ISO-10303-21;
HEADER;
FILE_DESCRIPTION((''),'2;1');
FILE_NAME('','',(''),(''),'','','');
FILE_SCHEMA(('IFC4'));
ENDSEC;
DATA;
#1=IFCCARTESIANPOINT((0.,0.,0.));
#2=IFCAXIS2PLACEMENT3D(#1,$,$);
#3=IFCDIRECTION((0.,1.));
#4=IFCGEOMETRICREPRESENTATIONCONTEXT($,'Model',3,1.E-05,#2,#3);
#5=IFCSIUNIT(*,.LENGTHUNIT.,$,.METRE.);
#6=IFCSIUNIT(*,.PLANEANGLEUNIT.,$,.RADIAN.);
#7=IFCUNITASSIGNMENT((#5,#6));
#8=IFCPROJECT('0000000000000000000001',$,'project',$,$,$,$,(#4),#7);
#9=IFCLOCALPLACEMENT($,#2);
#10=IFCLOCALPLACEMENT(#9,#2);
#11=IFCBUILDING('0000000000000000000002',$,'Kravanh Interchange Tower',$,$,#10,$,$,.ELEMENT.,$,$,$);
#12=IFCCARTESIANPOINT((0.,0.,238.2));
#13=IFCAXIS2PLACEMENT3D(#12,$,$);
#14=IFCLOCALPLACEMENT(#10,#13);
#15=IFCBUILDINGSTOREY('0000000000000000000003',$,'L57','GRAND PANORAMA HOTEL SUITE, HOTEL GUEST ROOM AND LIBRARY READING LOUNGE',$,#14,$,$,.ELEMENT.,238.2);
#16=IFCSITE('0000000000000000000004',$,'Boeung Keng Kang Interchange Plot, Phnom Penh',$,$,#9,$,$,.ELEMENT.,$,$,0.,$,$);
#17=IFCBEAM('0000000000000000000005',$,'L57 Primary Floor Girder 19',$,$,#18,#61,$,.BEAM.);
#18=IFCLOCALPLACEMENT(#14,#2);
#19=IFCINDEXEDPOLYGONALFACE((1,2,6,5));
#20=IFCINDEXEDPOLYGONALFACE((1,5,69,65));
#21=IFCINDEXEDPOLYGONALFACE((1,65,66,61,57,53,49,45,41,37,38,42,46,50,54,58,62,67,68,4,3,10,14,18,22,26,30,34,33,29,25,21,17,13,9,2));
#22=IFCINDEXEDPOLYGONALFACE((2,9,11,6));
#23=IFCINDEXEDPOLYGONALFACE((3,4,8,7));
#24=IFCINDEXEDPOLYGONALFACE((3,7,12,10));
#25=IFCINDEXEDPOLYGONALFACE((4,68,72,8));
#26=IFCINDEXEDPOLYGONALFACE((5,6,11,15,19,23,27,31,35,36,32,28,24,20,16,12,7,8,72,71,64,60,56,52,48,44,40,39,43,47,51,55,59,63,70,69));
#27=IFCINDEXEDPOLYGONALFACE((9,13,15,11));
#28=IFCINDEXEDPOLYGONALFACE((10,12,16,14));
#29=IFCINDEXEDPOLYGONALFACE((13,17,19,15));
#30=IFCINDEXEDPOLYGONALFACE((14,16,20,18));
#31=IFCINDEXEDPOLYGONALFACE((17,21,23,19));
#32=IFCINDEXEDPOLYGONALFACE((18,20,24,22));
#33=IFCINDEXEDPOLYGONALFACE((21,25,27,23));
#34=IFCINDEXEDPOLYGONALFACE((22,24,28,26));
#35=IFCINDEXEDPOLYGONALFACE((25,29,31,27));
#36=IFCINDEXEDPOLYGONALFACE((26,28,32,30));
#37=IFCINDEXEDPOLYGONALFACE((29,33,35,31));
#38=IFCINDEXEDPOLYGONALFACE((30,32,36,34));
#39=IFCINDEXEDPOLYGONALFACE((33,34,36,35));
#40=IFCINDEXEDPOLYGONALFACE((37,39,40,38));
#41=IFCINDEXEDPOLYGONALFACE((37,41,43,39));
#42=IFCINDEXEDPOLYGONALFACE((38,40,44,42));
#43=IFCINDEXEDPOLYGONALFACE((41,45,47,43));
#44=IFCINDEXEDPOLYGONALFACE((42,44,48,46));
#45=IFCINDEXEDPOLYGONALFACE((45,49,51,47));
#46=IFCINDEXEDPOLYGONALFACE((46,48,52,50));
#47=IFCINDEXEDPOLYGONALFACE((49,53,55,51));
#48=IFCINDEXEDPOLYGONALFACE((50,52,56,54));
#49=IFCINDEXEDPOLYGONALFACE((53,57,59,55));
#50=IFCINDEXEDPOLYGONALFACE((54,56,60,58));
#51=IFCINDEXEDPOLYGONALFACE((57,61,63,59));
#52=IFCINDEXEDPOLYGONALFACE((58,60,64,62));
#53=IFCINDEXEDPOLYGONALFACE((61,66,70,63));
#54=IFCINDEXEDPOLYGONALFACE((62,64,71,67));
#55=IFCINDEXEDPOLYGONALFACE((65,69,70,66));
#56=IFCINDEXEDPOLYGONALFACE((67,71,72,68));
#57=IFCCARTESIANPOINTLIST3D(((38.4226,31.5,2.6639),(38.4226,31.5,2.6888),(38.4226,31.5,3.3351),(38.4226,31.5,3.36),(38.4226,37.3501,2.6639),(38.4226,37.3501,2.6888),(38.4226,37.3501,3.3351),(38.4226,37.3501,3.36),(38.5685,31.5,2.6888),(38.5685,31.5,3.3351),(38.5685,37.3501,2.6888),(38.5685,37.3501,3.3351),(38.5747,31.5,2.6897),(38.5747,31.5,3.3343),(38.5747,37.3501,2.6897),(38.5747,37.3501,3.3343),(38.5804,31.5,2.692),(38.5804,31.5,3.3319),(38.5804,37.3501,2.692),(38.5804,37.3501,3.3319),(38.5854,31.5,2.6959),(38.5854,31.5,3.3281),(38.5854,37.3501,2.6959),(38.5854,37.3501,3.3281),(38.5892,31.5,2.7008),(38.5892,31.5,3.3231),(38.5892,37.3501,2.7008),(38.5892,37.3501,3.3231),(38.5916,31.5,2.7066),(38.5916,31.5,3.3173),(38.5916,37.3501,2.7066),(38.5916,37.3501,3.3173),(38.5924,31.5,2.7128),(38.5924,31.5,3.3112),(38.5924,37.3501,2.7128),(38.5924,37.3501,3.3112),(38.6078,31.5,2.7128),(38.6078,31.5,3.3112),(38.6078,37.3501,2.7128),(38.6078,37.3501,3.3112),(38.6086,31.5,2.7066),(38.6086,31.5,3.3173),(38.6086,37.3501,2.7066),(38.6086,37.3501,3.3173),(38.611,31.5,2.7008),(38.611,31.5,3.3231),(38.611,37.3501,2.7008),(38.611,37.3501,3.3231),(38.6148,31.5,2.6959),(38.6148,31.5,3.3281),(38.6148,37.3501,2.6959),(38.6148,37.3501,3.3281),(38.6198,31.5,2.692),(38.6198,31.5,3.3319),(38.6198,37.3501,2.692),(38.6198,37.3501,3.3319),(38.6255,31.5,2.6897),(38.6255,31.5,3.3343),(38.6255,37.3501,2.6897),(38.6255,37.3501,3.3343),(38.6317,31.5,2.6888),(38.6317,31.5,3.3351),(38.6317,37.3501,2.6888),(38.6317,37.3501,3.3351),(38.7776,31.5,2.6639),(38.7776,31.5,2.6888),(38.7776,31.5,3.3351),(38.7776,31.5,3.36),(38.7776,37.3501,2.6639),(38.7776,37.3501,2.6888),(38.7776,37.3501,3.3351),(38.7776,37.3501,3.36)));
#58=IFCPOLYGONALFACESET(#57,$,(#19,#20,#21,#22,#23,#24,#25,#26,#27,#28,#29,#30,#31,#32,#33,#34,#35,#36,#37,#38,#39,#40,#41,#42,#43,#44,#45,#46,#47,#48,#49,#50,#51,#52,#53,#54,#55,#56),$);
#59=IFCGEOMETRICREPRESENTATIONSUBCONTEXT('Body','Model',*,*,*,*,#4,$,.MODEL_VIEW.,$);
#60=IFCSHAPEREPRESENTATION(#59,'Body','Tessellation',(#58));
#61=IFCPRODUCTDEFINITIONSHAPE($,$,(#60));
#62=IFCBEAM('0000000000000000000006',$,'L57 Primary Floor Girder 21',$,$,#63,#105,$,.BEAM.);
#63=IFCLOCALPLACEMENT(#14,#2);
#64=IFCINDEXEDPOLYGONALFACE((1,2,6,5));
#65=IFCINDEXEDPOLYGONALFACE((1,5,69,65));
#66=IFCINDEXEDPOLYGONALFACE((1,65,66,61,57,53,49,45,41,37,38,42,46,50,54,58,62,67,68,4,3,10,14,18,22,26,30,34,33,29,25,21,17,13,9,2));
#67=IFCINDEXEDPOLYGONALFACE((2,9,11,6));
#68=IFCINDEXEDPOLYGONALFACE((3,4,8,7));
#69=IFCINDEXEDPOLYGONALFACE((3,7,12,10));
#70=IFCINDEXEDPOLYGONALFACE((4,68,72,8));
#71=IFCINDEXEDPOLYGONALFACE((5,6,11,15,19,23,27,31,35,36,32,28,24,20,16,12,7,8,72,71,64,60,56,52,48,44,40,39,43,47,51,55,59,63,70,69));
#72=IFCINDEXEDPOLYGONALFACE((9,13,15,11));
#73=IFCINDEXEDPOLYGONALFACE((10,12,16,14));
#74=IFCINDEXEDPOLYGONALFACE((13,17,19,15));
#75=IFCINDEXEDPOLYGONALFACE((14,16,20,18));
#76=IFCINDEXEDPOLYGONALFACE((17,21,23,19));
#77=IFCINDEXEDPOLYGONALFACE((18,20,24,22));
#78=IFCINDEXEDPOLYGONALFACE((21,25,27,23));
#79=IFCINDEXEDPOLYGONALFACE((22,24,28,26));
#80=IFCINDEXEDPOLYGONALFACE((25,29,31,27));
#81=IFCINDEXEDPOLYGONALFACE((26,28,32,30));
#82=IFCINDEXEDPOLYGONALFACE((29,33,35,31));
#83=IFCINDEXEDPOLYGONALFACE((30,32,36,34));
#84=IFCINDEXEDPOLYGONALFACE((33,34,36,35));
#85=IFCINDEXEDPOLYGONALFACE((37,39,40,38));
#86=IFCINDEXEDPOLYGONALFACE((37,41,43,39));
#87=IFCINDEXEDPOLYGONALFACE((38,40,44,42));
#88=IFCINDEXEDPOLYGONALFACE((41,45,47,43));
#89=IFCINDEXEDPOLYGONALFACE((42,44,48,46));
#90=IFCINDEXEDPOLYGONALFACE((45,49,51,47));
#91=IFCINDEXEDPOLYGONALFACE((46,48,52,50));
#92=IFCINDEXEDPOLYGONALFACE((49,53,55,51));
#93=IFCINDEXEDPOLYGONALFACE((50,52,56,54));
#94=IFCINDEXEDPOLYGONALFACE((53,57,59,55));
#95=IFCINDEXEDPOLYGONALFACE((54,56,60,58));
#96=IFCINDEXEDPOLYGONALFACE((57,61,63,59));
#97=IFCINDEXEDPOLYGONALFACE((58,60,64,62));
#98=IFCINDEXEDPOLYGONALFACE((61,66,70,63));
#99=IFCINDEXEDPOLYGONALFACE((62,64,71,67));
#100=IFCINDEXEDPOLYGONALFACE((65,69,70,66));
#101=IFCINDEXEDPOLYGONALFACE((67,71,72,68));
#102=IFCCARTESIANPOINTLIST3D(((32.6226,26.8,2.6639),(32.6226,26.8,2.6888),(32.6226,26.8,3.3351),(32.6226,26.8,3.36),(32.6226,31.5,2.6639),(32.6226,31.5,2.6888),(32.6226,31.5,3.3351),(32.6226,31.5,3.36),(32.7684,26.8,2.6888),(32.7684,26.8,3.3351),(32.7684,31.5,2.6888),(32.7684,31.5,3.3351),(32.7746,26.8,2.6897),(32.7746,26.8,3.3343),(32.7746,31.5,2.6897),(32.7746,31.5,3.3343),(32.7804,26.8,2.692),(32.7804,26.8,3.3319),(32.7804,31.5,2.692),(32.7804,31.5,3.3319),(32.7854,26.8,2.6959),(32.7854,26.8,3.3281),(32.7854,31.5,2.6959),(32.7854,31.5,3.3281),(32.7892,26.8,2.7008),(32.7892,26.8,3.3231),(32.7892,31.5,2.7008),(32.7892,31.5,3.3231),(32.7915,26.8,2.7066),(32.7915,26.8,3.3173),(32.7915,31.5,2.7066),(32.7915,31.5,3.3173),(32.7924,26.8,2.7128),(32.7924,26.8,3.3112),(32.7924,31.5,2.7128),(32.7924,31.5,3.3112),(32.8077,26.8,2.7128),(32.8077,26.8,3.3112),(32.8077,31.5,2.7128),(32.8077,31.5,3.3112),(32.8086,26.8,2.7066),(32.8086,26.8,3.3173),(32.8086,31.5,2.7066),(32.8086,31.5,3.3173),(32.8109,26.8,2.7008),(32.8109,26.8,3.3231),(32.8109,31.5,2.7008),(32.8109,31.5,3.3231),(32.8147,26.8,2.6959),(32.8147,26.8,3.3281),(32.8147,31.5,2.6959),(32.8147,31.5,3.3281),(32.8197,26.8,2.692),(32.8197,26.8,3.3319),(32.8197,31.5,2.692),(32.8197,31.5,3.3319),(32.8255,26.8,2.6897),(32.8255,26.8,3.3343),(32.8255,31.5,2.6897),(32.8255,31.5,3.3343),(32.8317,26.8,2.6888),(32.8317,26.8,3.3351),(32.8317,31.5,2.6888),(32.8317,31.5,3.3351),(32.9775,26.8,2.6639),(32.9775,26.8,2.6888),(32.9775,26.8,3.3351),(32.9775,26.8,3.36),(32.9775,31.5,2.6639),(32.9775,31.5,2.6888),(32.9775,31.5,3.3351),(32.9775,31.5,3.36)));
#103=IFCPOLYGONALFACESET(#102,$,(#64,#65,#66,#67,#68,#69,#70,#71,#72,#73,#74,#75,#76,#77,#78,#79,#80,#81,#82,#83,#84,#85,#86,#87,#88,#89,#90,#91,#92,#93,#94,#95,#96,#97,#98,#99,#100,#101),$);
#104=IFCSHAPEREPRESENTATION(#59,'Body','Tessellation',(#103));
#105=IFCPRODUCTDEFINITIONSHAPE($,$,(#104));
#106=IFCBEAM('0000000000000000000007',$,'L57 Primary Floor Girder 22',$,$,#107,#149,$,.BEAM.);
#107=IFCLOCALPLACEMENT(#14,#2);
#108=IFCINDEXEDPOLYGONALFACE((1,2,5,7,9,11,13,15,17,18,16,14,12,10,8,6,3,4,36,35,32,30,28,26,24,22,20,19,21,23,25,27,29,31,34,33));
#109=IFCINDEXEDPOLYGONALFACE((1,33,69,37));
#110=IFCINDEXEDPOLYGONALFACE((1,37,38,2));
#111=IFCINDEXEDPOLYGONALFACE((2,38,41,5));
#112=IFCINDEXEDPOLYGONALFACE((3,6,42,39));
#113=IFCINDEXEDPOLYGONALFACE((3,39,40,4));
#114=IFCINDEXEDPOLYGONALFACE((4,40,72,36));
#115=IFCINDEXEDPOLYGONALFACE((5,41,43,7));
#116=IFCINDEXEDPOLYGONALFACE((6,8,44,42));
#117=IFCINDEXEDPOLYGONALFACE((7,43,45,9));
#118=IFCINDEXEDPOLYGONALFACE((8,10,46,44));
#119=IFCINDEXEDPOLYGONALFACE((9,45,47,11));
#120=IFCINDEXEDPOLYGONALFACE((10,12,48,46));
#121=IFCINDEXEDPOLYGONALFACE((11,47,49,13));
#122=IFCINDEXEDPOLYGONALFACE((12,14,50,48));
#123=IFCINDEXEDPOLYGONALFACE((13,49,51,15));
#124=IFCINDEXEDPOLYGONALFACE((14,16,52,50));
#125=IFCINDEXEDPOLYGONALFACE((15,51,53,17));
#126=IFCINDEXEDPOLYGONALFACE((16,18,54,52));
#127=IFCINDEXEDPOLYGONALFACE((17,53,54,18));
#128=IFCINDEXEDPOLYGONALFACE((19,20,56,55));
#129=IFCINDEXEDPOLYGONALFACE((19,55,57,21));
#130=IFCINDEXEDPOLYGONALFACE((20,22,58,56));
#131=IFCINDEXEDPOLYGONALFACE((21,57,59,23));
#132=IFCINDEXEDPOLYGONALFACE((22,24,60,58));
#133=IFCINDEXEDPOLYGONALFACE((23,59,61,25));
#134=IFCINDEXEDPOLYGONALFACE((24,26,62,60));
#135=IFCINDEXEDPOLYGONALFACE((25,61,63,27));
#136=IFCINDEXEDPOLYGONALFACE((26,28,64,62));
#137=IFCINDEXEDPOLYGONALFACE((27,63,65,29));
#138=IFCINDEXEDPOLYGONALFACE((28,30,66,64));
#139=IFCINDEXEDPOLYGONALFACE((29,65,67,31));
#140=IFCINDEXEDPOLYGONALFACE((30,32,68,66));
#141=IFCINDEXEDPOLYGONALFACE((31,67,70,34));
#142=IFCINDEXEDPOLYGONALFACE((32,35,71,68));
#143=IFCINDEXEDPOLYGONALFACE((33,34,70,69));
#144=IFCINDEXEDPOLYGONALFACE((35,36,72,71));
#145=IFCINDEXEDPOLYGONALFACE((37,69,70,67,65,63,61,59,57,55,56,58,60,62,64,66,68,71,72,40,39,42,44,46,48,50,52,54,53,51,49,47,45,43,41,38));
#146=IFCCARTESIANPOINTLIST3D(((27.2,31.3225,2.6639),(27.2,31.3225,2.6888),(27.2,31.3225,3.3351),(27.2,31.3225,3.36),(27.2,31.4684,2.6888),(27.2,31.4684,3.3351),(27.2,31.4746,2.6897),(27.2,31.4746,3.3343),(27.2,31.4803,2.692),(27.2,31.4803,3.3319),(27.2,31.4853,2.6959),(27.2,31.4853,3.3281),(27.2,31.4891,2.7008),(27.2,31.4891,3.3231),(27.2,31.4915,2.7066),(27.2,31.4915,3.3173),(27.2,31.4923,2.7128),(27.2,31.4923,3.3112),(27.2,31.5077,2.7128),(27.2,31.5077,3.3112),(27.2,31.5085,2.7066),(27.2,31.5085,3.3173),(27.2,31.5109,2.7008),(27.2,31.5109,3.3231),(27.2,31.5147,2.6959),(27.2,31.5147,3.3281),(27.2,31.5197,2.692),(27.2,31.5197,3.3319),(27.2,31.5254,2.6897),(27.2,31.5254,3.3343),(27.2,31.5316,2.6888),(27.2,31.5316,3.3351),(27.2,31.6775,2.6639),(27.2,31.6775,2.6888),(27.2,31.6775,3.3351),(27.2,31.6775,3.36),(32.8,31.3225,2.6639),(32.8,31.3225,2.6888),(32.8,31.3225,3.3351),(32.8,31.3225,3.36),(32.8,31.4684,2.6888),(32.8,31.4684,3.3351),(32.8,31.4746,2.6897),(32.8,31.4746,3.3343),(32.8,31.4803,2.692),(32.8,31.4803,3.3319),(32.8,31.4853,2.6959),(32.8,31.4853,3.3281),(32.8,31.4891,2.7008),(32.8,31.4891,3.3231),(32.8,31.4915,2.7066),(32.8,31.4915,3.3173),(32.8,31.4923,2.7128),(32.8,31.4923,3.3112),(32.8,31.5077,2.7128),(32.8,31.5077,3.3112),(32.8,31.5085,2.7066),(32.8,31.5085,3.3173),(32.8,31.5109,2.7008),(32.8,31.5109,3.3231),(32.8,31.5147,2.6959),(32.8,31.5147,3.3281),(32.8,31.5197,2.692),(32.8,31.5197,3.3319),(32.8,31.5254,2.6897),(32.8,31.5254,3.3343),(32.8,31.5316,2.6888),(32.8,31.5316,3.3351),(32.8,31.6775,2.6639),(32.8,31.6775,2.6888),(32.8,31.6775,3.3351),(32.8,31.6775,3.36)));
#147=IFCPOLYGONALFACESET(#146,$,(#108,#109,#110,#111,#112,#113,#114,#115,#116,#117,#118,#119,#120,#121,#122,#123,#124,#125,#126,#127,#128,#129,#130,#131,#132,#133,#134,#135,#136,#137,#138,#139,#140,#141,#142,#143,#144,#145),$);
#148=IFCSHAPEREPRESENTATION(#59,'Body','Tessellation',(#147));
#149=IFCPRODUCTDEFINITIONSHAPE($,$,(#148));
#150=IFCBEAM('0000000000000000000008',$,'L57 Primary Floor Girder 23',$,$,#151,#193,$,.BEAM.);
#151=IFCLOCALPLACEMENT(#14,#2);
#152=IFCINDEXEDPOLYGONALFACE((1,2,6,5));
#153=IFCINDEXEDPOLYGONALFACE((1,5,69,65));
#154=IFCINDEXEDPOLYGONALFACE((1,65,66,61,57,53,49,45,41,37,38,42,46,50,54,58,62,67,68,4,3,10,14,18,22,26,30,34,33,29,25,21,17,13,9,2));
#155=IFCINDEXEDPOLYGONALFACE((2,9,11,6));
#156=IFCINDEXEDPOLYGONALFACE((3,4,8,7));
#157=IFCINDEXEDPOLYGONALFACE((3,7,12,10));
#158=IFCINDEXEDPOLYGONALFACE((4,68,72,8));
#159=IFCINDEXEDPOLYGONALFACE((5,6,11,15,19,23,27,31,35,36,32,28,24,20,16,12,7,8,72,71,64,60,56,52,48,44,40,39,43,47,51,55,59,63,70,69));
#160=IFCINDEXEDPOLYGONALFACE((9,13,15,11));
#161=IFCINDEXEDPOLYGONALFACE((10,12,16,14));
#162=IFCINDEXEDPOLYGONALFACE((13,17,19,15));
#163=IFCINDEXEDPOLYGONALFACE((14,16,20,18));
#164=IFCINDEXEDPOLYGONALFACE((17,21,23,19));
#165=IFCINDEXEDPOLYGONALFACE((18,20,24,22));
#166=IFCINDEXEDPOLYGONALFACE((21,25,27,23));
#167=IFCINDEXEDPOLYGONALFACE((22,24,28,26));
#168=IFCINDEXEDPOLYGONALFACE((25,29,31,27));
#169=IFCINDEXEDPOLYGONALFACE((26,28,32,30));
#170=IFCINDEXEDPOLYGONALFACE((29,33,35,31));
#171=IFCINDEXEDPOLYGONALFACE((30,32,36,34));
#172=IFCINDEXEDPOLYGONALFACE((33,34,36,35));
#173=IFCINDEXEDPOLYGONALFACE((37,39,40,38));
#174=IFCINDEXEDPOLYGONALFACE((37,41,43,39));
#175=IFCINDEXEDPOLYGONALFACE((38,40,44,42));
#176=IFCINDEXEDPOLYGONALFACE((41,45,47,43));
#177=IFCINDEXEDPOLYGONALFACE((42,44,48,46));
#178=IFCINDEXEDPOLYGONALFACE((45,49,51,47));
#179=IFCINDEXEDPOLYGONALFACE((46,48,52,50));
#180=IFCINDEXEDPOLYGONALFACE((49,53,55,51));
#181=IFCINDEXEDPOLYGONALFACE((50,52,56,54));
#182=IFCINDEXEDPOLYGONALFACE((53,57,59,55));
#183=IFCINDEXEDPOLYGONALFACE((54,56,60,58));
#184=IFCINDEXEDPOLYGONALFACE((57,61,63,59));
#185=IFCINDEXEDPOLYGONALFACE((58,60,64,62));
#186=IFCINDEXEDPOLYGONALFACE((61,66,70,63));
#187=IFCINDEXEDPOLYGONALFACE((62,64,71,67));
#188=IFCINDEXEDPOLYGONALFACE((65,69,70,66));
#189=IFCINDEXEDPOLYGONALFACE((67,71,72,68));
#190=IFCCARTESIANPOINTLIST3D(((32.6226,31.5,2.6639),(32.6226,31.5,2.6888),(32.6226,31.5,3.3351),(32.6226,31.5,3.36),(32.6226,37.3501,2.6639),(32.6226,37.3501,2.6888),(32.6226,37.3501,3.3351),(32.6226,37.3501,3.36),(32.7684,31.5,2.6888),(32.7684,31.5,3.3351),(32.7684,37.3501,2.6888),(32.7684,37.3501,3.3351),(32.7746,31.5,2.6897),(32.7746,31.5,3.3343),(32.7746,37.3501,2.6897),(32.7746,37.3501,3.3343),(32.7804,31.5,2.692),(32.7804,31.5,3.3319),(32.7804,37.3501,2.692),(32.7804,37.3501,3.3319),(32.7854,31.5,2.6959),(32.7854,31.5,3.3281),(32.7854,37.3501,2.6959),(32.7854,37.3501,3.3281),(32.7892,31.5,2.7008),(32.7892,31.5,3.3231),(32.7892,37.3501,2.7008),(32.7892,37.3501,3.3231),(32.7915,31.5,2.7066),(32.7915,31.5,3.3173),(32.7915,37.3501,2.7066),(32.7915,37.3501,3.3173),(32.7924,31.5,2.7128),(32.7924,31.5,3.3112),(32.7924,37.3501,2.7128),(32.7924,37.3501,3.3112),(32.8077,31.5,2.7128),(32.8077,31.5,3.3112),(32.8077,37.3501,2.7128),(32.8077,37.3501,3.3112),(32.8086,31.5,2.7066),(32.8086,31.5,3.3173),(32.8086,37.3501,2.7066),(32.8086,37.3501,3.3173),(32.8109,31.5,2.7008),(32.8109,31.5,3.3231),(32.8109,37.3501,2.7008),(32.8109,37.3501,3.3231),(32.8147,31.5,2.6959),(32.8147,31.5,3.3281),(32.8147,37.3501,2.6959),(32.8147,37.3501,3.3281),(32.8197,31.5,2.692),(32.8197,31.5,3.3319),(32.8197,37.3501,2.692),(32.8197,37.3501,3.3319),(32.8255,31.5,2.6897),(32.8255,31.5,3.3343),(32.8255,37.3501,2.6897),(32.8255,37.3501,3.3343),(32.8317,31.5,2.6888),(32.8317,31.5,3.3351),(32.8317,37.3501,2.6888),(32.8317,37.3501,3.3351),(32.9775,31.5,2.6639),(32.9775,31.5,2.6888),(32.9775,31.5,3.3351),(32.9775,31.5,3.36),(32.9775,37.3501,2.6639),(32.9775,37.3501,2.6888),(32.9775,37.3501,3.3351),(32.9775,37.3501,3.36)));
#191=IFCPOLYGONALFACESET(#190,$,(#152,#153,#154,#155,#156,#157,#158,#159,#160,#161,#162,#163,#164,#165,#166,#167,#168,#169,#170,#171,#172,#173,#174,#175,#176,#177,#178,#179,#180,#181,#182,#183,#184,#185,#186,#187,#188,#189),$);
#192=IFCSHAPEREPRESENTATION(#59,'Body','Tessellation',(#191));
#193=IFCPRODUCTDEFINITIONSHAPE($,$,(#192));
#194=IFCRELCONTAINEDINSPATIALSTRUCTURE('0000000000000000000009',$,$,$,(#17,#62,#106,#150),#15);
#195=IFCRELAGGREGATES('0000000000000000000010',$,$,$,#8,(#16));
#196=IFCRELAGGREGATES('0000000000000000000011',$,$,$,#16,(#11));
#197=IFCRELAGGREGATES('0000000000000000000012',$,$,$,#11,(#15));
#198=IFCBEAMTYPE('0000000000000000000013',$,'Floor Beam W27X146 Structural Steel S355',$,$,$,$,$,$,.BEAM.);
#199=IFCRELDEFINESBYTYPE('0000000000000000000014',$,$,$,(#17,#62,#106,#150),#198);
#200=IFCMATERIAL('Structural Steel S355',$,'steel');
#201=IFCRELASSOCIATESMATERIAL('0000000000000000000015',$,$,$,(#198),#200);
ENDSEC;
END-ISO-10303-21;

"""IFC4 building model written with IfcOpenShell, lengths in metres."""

from ifc_helpers import new_model, si_unit, direction, frame, origin, origin_2d, place, context, subcontext, project, spatial, i_section, extrude, material, material_profile, profile_set, type_object, element, save


model = new_model("IFC4")

# Units and contexts
model_context = context("Model", 3, precision=1e-05, world=origin(), true_north=direction((0.0, 1.0)))
body_context = subcontext(model_context, "Body", "Model", "MODEL_VIEW")
ifc_project = project(units=[si_unit("LENGTHUNIT", "METRE"), si_unit("PLANEANGLEUNIT", "RADIAN")], contexts=[model_context])

# Site, building, storey
site_placement = place(None, origin())
site = spatial("IfcSite", under=ifc_project, at=site_placement, Name="Boeung Keng Kang Interchange Plot, Phnom Penh", CompositionType="ELEMENT", RefElevation=0.0)
building_placement = place(site_placement, origin())
building = spatial("IfcBuilding", under=site, at=building_placement, Name="Kravanh Interchange Tower", CompositionType="ELEMENT")
storey_placement = place(building_placement, frame((0.0, 0.0, 238.2)))
storey = spatial("IfcBuildingStorey", under=building, at=storey_placement, Name="L57", Description="GRAND PANORAMA HOTEL SUITE, HOTEL GUEST ROOM AND LIBRARY READING LOUNGE", CompositionType="ELEMENT", Elevation=238.2)

# Beams
ifc_material_1 = material(Name="Structural Steel S355", Category="steel")
ifc_material_profile_1 = material_profile(ifc_material_1, i_section(OverallWidth=0.355, OverallDepth=0.696, WebThickness=0.0154, FlangeThickness=0.0249, FilletRadius=0.0239, at=origin_2d()), Name="W27X146")
ifc_profile_set_1 = profile_set([ifc_material_profile_1], Name="Structural Steel S355")
beam_type_1 = type_object("IfcBeamType", Name="Floor Beam W27X146 Structural Steel S355", PredefinedType="BEAM", material=ifc_profile_set_1)
beam_1_placement = place(storey_placement, frame((38.6001, 31.5, 3.012), z_axis=(0.0, 1.0, 0.0), x_axis=(-1.0, 0.0, 0.0)))
element("IfcBeam", 1, at=beam_1_placement, inside=storey, type_object=beam_type_1, Name="L57 Primary Floor Girder 19", PredefinedType="BEAM", context=body_context, shape_type="SweptSolid", body=[
    extrude(i_section(OverallWidth=0.355, OverallDepth=0.696, WebThickness=0.0154, FlangeThickness=0.0249, FilletRadius=0.0239, at=origin_2d()), origin(), (0.0, 0.0, 1.0), 5.8501),
])
beam_2_placement = place(storey_placement, frame((32.8, 31.5, 3.012), z_axis=(0.0, -1.0, 0.0), x_axis=(1.0, 0.0, 0.0)))
element("IfcBeam", 2, at=beam_2_placement, inside=storey, type_object=beam_type_1, Name="L57 Primary Floor Girder 21", PredefinedType="BEAM", context=body_context, shape_type="SweptSolid", body=[
    extrude(i_section(OverallWidth=0.355, OverallDepth=0.696, WebThickness=0.0154, FlangeThickness=0.0249, FilletRadius=0.0239, at=origin_2d()), origin(), (0.0, 0.0, 1.0), 4.7),
])
beam_3_placement = place(storey_placement, frame((32.8, 31.5, 3.012), z_axis=(-1.0, 0.0, 0.0), x_axis=(0.0, -1.0, 0.0)))
element("IfcBeam", 3, at=beam_3_placement, inside=storey, type_object=beam_type_1, Name="L57 Primary Floor Girder 22", PredefinedType="BEAM", context=body_context, shape_type="SweptSolid", body=[
    extrude(i_section(OverallWidth=0.355, OverallDepth=0.696, WebThickness=0.0154, FlangeThickness=0.0249, FilletRadius=0.0239, at=origin_2d()), origin(), (0.0, 0.0, 1.0), 5.6001),
])
beam_4_placement = place(storey_placement, frame((32.8, 31.5, 3.012), z_axis=(0.0, 1.0, 0.0), x_axis=(-1.0, 0.0, 0.0)))
element("IfcBeam", 4, at=beam_4_placement, inside=storey, type_object=beam_type_1, Name="L57 Primary Floor Girder 23", PredefinedType="BEAM", context=body_context, shape_type="SweptSolid", body=[
    extrude(i_section(OverallWidth=0.355, OverallDepth=0.696, WebThickness=0.0154, FlangeThickness=0.0249, FilletRadius=0.0239, at=origin_2d()), origin(), (0.0, 0.0, 1.0), 5.8501),
])

save(model, "model.ifc")
